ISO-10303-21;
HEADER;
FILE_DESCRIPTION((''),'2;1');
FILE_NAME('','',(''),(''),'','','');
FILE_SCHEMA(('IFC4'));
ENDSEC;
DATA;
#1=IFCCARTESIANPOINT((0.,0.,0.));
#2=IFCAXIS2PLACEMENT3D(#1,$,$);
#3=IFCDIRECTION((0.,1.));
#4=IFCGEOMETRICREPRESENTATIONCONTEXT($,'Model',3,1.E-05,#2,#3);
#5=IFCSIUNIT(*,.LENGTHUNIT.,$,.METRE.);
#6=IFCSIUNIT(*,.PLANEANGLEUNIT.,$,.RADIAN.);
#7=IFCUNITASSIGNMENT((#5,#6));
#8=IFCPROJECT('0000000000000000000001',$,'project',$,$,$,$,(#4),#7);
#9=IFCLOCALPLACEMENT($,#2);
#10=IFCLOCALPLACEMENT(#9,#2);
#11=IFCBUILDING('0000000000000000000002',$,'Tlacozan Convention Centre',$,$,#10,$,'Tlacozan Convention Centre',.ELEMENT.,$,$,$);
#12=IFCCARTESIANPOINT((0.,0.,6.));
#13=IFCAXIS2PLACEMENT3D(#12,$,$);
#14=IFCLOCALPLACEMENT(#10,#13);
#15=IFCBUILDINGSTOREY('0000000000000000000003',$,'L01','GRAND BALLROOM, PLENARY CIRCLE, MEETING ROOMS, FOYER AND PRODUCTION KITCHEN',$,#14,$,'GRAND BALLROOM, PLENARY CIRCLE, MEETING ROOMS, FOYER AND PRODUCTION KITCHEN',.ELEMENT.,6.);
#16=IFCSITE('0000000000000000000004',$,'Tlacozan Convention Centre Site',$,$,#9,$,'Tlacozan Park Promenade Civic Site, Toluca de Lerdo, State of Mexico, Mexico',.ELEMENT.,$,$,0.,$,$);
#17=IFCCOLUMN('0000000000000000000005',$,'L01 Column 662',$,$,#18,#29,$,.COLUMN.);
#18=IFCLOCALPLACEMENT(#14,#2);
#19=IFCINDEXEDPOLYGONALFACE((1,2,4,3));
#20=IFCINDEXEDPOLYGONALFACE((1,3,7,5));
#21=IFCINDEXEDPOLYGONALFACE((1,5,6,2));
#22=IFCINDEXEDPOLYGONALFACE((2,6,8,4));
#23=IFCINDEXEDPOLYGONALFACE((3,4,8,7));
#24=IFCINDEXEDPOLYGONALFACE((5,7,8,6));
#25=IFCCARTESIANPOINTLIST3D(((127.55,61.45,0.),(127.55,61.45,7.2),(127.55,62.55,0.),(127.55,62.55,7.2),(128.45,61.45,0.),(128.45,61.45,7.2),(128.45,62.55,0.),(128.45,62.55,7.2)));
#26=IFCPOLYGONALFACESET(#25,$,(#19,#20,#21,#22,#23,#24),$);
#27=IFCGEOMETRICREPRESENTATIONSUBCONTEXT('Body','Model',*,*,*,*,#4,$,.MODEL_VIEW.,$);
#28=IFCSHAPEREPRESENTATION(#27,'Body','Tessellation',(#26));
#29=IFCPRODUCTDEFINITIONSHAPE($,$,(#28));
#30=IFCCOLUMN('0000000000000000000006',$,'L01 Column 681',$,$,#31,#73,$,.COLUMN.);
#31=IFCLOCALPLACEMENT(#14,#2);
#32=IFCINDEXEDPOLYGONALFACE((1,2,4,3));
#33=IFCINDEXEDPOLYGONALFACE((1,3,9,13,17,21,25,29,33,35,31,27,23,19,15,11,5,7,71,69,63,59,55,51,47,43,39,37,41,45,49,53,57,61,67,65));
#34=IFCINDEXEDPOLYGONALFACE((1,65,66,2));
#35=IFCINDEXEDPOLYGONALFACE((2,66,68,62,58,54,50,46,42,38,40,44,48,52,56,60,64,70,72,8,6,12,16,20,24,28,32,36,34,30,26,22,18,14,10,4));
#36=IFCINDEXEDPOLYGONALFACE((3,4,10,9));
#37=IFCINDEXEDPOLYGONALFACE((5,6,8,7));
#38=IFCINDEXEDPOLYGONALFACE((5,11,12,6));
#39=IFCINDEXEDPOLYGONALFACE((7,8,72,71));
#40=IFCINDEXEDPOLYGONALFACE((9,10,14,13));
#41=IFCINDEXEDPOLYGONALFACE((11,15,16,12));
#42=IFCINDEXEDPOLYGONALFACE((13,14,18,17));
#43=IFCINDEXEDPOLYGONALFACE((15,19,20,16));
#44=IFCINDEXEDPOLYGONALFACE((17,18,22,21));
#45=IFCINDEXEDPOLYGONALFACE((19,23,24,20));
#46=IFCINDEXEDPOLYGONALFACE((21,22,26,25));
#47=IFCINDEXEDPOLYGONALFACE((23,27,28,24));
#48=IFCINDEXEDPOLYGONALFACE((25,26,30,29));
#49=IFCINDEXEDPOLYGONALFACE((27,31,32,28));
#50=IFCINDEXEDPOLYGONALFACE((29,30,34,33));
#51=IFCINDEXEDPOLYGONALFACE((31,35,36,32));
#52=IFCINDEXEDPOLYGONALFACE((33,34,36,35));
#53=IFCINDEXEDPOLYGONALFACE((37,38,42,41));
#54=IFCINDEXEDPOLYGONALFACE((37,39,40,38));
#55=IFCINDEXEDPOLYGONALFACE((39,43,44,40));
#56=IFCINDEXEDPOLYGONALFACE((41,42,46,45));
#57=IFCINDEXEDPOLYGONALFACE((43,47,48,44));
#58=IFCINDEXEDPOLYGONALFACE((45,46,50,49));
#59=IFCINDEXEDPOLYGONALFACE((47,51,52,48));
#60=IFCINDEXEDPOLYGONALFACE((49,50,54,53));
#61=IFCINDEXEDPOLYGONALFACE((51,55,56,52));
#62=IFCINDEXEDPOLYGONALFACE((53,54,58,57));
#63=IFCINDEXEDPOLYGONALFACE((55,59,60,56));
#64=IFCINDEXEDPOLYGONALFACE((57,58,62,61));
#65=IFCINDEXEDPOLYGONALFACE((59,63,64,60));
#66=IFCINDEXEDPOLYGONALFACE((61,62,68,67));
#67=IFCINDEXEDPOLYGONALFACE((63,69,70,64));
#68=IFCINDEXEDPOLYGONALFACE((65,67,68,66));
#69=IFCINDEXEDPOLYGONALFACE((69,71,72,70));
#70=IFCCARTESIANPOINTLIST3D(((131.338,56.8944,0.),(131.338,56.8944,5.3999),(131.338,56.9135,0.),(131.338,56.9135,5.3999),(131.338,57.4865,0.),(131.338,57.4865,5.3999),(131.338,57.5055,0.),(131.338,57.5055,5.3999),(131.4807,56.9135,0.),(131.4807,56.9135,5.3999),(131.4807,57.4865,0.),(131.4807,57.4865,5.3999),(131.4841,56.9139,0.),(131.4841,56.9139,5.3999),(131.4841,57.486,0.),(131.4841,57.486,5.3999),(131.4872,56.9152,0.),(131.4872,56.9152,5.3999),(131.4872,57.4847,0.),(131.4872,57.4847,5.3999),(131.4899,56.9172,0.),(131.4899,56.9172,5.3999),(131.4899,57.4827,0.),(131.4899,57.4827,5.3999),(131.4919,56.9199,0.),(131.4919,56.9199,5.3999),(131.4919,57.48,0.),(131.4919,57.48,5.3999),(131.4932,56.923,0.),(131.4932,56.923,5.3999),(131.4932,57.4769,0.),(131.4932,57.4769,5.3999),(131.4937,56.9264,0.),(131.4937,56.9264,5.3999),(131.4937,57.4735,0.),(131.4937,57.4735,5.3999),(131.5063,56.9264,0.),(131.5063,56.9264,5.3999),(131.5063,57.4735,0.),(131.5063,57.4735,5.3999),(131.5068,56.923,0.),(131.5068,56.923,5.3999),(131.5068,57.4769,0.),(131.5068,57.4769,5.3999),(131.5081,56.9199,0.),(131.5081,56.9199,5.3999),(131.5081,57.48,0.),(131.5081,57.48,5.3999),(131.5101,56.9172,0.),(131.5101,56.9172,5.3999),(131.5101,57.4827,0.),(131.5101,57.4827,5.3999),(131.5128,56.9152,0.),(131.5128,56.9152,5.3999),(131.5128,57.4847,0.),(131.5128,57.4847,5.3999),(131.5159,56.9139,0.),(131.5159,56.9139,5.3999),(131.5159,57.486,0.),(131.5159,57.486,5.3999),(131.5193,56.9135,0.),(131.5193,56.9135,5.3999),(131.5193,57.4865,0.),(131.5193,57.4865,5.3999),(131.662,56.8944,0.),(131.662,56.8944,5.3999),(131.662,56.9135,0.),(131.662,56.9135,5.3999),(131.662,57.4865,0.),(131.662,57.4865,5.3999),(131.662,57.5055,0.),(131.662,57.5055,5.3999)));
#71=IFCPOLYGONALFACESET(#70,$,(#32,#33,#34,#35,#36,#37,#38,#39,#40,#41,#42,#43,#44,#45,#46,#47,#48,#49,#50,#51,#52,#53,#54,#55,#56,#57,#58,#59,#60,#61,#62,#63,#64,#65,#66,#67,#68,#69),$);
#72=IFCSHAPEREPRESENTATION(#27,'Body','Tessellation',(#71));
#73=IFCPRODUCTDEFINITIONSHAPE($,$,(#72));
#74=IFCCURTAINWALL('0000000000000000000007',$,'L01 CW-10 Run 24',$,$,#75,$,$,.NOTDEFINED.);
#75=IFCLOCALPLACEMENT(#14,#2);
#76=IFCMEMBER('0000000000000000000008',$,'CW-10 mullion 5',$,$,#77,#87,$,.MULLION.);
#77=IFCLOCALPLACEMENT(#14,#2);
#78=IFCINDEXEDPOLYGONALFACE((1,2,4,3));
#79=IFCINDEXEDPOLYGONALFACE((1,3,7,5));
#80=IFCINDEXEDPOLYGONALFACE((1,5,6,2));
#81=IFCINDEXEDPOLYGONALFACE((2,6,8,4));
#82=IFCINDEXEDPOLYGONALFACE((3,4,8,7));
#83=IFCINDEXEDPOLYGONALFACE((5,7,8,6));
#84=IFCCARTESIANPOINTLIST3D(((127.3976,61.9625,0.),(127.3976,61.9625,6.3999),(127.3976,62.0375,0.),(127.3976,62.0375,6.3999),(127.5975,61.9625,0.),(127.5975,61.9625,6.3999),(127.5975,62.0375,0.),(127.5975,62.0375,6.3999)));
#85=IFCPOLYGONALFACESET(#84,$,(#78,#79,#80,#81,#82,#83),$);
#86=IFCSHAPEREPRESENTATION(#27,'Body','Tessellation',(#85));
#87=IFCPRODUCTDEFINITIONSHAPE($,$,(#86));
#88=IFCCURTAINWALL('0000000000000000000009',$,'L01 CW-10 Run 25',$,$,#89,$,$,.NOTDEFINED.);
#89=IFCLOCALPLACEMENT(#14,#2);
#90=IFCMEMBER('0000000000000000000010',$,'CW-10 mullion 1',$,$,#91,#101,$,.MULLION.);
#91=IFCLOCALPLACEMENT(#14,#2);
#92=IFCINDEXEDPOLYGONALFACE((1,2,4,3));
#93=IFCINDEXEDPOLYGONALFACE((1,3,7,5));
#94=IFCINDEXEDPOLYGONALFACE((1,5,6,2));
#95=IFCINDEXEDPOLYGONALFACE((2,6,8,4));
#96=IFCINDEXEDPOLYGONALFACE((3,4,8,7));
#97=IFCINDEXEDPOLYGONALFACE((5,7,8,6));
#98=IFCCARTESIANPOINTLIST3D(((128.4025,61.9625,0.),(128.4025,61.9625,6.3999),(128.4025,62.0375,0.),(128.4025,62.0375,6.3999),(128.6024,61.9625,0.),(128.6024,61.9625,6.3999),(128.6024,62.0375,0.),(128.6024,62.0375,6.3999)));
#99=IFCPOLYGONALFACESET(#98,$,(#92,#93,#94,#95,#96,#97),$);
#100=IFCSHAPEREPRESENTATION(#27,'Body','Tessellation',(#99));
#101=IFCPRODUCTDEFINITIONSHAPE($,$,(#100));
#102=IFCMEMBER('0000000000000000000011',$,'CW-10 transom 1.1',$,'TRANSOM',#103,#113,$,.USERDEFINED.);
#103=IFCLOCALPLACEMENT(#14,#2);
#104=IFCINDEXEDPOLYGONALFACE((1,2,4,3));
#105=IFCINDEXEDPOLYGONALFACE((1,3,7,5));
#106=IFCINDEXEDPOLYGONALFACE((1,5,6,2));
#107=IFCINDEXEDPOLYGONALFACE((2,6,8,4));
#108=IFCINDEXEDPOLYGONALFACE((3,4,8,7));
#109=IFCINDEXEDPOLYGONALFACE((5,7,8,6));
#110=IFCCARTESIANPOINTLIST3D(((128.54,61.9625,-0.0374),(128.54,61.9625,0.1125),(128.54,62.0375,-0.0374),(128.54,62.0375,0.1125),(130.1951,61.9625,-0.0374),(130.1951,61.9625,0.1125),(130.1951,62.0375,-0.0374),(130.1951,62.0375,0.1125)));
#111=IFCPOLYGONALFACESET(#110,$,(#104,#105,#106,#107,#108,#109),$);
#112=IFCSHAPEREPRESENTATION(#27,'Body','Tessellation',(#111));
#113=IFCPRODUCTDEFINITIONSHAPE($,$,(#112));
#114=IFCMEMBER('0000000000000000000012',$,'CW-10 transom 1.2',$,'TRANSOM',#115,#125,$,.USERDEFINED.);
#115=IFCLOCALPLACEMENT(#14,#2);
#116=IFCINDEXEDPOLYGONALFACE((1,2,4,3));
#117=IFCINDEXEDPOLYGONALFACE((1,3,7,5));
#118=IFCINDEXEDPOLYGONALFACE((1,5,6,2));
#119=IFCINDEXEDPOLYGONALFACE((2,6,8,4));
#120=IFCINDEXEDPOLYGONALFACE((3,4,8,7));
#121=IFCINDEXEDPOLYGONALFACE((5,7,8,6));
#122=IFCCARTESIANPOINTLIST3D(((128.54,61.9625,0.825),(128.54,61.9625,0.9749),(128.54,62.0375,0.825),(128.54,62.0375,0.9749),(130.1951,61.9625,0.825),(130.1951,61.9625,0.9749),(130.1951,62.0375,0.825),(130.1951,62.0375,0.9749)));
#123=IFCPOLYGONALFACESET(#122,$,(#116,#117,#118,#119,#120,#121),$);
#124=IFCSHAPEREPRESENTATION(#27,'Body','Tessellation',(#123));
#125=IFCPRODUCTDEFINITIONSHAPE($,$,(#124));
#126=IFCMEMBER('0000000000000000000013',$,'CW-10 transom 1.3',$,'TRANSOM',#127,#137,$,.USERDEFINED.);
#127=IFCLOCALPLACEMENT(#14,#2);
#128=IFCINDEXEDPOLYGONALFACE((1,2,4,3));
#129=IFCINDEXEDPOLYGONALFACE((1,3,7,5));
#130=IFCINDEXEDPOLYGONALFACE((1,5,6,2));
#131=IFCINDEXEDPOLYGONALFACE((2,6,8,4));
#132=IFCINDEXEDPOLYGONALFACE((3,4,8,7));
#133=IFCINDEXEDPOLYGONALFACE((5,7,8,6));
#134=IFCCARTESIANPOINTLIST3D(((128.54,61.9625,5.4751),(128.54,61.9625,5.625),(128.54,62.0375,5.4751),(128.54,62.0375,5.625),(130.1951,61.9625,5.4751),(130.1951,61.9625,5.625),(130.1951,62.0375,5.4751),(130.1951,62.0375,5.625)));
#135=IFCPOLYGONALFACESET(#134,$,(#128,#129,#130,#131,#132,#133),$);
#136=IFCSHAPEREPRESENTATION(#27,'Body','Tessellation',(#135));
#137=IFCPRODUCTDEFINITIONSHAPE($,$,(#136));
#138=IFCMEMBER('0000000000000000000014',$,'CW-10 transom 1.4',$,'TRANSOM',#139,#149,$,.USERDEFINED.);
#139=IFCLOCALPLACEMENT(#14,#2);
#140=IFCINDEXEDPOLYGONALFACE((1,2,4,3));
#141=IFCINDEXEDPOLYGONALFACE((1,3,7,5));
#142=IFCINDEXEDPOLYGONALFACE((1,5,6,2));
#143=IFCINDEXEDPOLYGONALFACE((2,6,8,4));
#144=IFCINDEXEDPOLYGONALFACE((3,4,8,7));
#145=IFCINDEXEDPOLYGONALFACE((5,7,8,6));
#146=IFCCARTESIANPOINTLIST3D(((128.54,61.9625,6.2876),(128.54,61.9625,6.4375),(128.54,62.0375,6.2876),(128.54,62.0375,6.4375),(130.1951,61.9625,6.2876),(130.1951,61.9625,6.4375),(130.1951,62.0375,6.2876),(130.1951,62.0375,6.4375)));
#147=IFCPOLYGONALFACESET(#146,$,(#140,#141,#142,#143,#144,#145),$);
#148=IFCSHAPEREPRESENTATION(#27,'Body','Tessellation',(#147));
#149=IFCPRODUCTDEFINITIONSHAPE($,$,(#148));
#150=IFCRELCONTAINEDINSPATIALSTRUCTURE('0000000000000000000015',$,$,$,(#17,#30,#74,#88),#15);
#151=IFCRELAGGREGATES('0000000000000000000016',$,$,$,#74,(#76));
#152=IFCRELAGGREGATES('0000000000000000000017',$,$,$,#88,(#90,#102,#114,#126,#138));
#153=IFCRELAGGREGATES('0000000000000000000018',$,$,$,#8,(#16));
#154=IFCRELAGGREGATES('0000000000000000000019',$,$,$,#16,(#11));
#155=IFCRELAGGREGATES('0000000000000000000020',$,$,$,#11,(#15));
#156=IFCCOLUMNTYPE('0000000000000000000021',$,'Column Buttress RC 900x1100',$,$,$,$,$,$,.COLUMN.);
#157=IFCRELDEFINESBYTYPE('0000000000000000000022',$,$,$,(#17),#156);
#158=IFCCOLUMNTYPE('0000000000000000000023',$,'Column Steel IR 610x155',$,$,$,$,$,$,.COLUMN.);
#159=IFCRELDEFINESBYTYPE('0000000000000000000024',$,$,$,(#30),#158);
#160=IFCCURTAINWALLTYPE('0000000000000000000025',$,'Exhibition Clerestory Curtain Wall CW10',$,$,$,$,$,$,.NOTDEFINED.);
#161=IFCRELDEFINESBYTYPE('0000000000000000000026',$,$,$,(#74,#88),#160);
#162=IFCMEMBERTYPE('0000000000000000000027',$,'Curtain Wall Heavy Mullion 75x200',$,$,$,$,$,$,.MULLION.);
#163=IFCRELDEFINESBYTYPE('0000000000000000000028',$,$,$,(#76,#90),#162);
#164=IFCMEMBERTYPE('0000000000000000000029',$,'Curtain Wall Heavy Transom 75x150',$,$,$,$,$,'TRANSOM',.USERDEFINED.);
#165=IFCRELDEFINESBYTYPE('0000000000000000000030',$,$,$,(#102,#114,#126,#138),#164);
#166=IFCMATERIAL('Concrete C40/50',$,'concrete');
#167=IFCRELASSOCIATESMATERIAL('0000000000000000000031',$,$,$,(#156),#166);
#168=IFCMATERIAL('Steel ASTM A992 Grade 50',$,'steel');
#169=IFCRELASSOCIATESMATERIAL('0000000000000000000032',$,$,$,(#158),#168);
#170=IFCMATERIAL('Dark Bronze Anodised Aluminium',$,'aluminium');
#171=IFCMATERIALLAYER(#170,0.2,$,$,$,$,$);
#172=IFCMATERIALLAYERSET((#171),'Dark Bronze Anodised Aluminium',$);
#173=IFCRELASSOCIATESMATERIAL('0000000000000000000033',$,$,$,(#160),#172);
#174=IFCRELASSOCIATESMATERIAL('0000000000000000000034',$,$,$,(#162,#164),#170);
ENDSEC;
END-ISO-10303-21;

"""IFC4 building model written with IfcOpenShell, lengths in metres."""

from ifc_helpers import new_model, si_unit, direction, frame, origin, origin_2d, place, context, subcontext, project, spatial, rectangle, i_section, extrude, material, layer, layer_set, material_profile, profile_set, type_object, element, aggregate, save


model = new_model("IFC4")

# Units and contexts
model_context = context("Model", 3, precision=1e-05, world=origin(), true_north=direction((0.0, 1.0)))
body_context = subcontext(model_context, "Body", "Model", "MODEL_VIEW")
ifc_project = project(units=[si_unit("LENGTHUNIT", "METRE"), si_unit("PLANEANGLEUNIT", "RADIAN")], contexts=[model_context])

# Site, building, storey
site_placement = place(None, origin())
site = spatial("IfcSite", under=ifc_project, at=site_placement, Name="Tlacozan Convention Centre Site", LongName="Tlacozan Park Promenade Civic Site, Toluca de Lerdo, State of Mexico, Mexico", CompositionType="ELEMENT", RefElevation=0.0)
building_placement = place(site_placement, origin())
building = spatial("IfcBuilding", under=site, at=building_placement, Name="Tlacozan Convention Centre", LongName="Tlacozan Convention Centre", CompositionType="ELEMENT")
storey_placement = place(building_placement, frame((0.0, 0.0, 6.0)))
storey = spatial("IfcBuildingStorey", under=building, at=storey_placement, Name="L01", Description="GRAND BALLROOM, PLENARY CIRCLE, MEETING ROOMS, FOYER AND PRODUCTION KITCHEN", LongName="GRAND BALLROOM, PLENARY CIRCLE, MEETING ROOMS, FOYER AND PRODUCTION KITCHEN", CompositionType="ELEMENT", Elevation=6.0)

# Columns
ifc_material_1 = material(Name="Concrete C40/50", Category="concrete")
ifc_material_profile_1 = material_profile(ifc_material_1, rectangle(XDim=0.8999, YDim=1.1001, at=origin_2d()), Name="RC 900x1100")
ifc_profile_set_1 = profile_set([ifc_material_profile_1], Name="Concrete C40/50")
column_type_1 = type_object("IfcColumnType", Name="Column Buttress RC 900x1100", PredefinedType="COLUMN", material=ifc_profile_set_1)
column_1_placement = place(storey_placement, frame((128.0, 62.0, 0.0), z_axis=(0.0, 0.0, 1.0), x_axis=(1.0, 0.0, 0.0)))
element("IfcColumn", 1, at=column_1_placement, inside=storey, type_object=column_type_1, Name="L01 Column 662", PredefinedType="COLUMN", context=body_context, shape_type="SweptSolid", body=[
    extrude(rectangle(XDim=0.8999, YDim=1.1001, at=origin_2d()), origin(), (0.0, 0.0, 1.0), 7.2),
])
ifc_material_2 = material(Name="Steel ASTM A992 Grade 50", Category="steel")
ifc_material_profile_2 = material_profile(ifc_material_2, i_section(OverallWidth=0.324, OverallDepth=0.6111, WebThickness=0.0127, FlangeThickness=0.019, FilletRadius=0.0129, at=origin_2d()), Name="IR 610x155.0")
ifc_profile_set_2 = profile_set([ifc_material_profile_2], Name="Steel ASTM A992 Grade 50")
column_type_2 = type_object("IfcColumnType", Name="Column Steel IR 610x155", PredefinedType="COLUMN", material=ifc_profile_set_2)
column_2_placement = place(storey_placement, frame((131.5, 57.2, 0.0), z_axis=(0.0, 0.0, 1.0), x_axis=(1.0, 0.0, 0.0)))
element("IfcColumn", 2, at=column_2_placement, inside=storey, type_object=column_type_2, Name="L01 Column 681", PredefinedType="COLUMN", context=body_context, shape_type="SweptSolid", body=[
    extrude(i_section(OverallWidth=0.324, OverallDepth=0.6111, WebThickness=0.0127, FlangeThickness=0.019, FilletRadius=0.0129, at=origin_2d()), origin(), (0.0, 0.0, 1.0), 5.3999),
])

# Curtain wall, member
ifc_material_3 = material(Name="Dark Bronze Anodised Aluminium", Category="aluminium")
ifc_layer_1 = layer(ifc_material_3, 0.2)
ifc_layer_set_1 = layer_set([ifc_layer_1], Name="Dark Bronze Anodised Aluminium")
curtain_wall_type = type_object("IfcCurtainWallType", Name="Exhibition Clerestory Curtain Wall CW10", PredefinedType="NOTDEFINED", material=ifc_layer_set_1)
curtain_wall_1_placement = place(storey_placement, origin())
curtain_wall_1 = element("IfcCurtainWall", 3, at=curtain_wall_1_placement, inside=storey, type_object=curtain_wall_type, Name="L01 CW-10 Run 24", PredefinedType="NOTDEFINED")
ifc_material_profile_3 = material_profile(ifc_material_3, rectangle(XDim=0.075, YDim=0.2, at=origin_2d()), Name="ALU 75x200")
ifc_profile_set_3 = profile_set([ifc_material_profile_3], Name="Dark Bronze Anodised Aluminium")
member_type_1 = type_object("IfcMemberType", Name="Curtain Wall Heavy Mullion 75x200", PredefinedType="MULLION", material=ifc_profile_set_3)
member_1_placement = place(storey_placement, frame((127.4976, 62.0, 0.0), z_axis=(0.0, 0.0, 1.0), x_axis=(0.0, 1.0, 0.0)))
member_1 = element("IfcMember", 4, at=member_1_placement, type_object=member_type_1, Name="CW-10 mullion 5", PredefinedType="MULLION", context=body_context, shape_type="SweptSolid", body=[
    extrude(rectangle(XDim=0.075, YDim=0.2, at=origin_2d()), origin(), (0.0, 0.0, 1.0), 6.3999),
])
aggregate(curtain_wall_1, [member_1])

# Curtain wall, members
curtain_wall_2_placement = place(storey_placement, origin())
curtain_wall_2 = element("IfcCurtainWall", 5, at=curtain_wall_2_placement, inside=storey, type_object=curtain_wall_type, Name="L01 CW-10 Run 25", PredefinedType="NOTDEFINED")
member_2_placement = place(storey_placement, frame((128.5024, 62.0, 0.0), z_axis=(0.0, 0.0, 1.0), x_axis=(0.0, 1.0, 0.0)))
member_2 = element("IfcMember", 6, at=member_2_placement, type_object=member_type_1, Name="CW-10 mullion 1", PredefinedType="MULLION", context=body_context, shape_type="SweptSolid", body=[
    extrude(rectangle(XDim=0.075, YDim=0.2, at=origin_2d()), origin(), (0.0, 0.0, 1.0), 6.3999),
])
ifc_material_profile_4 = material_profile(ifc_material_3, rectangle(XDim=0.075, YDim=0.1499, at=origin_2d()), Name="ALU 75x150")
ifc_profile_set_4 = profile_set([ifc_material_profile_4], Name="Dark Bronze Anodised Aluminium")
member_type_2 = type_object("IfcMemberType", Name="Curtain Wall Heavy Transom 75x150", ElementType="TRANSOM", PredefinedType="USERDEFINED", material=ifc_profile_set_4)
member_3_placement = place(storey_placement, frame((128.54, 62.0, 0.0376), z_axis=(1.0, 0.0, 0.0), x_axis=(0.0, 1.0, 0.0)))
member_3 = element("IfcMember", 7, at=member_3_placement, type_object=member_type_2, Name="CW-10 transom 1.1", ObjectType="TRANSOM", PredefinedType="USERDEFINED", context=body_context, shape_type="SweptSolid", body=[
    extrude(rectangle(XDim=0.075, YDim=0.1499, at=origin_2d()), origin(), (0.0, 0.0, 1.0), 1.655),
])
member_4_placement = place(storey_placement, frame((128.54, 62.0, 0.8999), z_axis=(1.0, 0.0, 0.0), x_axis=(0.0, 1.0, 0.0)))
member_4 = element("IfcMember", 8, at=member_4_placement, type_object=member_type_2, Name="CW-10 transom 1.2", ObjectType="TRANSOM", PredefinedType="USERDEFINED", context=body_context, shape_type="SweptSolid", body=[
    extrude(rectangle(XDim=0.075, YDim=0.1499, at=origin_2d()), origin(), (0.0, 0.0, 1.0), 1.655),
])
member_5_placement = place(storey_placement, frame((128.54, 62.0, 5.55), z_axis=(1.0, 0.0, 0.0), x_axis=(0.0, 1.0, 0.0)))
member_5 = element("IfcMember", 9, at=member_5_placement, type_object=member_type_2, Name="CW-10 transom 1.3", ObjectType="TRANSOM", PredefinedType="USERDEFINED", context=body_context, shape_type="SweptSolid", body=[
    extrude(rectangle(XDim=0.075, YDim=0.1499, at=origin_2d()), origin(), (0.0, 0.0, 1.0), 1.655),
])
member_6_placement = place(storey_placement, frame((128.54, 62.0, 6.3625), z_axis=(1.0, 0.0, 0.0), x_axis=(0.0, 1.0, 0.0)))
member_6 = element("IfcMember", 10, at=member_6_placement, type_object=member_type_2, Name="CW-10 transom 1.4", ObjectType="TRANSOM", PredefinedType="USERDEFINED", context=body_context, shape_type="SweptSolid", body=[
    extrude(rectangle(XDim=0.075, YDim=0.1499, at=origin_2d()), origin(), (0.0, 0.0, 1.0), 1.655),
])

aggregate(curtain_wall_2, [member_2, member_3, member_4, member_5, member_6])

save(model, "model.ifc")
